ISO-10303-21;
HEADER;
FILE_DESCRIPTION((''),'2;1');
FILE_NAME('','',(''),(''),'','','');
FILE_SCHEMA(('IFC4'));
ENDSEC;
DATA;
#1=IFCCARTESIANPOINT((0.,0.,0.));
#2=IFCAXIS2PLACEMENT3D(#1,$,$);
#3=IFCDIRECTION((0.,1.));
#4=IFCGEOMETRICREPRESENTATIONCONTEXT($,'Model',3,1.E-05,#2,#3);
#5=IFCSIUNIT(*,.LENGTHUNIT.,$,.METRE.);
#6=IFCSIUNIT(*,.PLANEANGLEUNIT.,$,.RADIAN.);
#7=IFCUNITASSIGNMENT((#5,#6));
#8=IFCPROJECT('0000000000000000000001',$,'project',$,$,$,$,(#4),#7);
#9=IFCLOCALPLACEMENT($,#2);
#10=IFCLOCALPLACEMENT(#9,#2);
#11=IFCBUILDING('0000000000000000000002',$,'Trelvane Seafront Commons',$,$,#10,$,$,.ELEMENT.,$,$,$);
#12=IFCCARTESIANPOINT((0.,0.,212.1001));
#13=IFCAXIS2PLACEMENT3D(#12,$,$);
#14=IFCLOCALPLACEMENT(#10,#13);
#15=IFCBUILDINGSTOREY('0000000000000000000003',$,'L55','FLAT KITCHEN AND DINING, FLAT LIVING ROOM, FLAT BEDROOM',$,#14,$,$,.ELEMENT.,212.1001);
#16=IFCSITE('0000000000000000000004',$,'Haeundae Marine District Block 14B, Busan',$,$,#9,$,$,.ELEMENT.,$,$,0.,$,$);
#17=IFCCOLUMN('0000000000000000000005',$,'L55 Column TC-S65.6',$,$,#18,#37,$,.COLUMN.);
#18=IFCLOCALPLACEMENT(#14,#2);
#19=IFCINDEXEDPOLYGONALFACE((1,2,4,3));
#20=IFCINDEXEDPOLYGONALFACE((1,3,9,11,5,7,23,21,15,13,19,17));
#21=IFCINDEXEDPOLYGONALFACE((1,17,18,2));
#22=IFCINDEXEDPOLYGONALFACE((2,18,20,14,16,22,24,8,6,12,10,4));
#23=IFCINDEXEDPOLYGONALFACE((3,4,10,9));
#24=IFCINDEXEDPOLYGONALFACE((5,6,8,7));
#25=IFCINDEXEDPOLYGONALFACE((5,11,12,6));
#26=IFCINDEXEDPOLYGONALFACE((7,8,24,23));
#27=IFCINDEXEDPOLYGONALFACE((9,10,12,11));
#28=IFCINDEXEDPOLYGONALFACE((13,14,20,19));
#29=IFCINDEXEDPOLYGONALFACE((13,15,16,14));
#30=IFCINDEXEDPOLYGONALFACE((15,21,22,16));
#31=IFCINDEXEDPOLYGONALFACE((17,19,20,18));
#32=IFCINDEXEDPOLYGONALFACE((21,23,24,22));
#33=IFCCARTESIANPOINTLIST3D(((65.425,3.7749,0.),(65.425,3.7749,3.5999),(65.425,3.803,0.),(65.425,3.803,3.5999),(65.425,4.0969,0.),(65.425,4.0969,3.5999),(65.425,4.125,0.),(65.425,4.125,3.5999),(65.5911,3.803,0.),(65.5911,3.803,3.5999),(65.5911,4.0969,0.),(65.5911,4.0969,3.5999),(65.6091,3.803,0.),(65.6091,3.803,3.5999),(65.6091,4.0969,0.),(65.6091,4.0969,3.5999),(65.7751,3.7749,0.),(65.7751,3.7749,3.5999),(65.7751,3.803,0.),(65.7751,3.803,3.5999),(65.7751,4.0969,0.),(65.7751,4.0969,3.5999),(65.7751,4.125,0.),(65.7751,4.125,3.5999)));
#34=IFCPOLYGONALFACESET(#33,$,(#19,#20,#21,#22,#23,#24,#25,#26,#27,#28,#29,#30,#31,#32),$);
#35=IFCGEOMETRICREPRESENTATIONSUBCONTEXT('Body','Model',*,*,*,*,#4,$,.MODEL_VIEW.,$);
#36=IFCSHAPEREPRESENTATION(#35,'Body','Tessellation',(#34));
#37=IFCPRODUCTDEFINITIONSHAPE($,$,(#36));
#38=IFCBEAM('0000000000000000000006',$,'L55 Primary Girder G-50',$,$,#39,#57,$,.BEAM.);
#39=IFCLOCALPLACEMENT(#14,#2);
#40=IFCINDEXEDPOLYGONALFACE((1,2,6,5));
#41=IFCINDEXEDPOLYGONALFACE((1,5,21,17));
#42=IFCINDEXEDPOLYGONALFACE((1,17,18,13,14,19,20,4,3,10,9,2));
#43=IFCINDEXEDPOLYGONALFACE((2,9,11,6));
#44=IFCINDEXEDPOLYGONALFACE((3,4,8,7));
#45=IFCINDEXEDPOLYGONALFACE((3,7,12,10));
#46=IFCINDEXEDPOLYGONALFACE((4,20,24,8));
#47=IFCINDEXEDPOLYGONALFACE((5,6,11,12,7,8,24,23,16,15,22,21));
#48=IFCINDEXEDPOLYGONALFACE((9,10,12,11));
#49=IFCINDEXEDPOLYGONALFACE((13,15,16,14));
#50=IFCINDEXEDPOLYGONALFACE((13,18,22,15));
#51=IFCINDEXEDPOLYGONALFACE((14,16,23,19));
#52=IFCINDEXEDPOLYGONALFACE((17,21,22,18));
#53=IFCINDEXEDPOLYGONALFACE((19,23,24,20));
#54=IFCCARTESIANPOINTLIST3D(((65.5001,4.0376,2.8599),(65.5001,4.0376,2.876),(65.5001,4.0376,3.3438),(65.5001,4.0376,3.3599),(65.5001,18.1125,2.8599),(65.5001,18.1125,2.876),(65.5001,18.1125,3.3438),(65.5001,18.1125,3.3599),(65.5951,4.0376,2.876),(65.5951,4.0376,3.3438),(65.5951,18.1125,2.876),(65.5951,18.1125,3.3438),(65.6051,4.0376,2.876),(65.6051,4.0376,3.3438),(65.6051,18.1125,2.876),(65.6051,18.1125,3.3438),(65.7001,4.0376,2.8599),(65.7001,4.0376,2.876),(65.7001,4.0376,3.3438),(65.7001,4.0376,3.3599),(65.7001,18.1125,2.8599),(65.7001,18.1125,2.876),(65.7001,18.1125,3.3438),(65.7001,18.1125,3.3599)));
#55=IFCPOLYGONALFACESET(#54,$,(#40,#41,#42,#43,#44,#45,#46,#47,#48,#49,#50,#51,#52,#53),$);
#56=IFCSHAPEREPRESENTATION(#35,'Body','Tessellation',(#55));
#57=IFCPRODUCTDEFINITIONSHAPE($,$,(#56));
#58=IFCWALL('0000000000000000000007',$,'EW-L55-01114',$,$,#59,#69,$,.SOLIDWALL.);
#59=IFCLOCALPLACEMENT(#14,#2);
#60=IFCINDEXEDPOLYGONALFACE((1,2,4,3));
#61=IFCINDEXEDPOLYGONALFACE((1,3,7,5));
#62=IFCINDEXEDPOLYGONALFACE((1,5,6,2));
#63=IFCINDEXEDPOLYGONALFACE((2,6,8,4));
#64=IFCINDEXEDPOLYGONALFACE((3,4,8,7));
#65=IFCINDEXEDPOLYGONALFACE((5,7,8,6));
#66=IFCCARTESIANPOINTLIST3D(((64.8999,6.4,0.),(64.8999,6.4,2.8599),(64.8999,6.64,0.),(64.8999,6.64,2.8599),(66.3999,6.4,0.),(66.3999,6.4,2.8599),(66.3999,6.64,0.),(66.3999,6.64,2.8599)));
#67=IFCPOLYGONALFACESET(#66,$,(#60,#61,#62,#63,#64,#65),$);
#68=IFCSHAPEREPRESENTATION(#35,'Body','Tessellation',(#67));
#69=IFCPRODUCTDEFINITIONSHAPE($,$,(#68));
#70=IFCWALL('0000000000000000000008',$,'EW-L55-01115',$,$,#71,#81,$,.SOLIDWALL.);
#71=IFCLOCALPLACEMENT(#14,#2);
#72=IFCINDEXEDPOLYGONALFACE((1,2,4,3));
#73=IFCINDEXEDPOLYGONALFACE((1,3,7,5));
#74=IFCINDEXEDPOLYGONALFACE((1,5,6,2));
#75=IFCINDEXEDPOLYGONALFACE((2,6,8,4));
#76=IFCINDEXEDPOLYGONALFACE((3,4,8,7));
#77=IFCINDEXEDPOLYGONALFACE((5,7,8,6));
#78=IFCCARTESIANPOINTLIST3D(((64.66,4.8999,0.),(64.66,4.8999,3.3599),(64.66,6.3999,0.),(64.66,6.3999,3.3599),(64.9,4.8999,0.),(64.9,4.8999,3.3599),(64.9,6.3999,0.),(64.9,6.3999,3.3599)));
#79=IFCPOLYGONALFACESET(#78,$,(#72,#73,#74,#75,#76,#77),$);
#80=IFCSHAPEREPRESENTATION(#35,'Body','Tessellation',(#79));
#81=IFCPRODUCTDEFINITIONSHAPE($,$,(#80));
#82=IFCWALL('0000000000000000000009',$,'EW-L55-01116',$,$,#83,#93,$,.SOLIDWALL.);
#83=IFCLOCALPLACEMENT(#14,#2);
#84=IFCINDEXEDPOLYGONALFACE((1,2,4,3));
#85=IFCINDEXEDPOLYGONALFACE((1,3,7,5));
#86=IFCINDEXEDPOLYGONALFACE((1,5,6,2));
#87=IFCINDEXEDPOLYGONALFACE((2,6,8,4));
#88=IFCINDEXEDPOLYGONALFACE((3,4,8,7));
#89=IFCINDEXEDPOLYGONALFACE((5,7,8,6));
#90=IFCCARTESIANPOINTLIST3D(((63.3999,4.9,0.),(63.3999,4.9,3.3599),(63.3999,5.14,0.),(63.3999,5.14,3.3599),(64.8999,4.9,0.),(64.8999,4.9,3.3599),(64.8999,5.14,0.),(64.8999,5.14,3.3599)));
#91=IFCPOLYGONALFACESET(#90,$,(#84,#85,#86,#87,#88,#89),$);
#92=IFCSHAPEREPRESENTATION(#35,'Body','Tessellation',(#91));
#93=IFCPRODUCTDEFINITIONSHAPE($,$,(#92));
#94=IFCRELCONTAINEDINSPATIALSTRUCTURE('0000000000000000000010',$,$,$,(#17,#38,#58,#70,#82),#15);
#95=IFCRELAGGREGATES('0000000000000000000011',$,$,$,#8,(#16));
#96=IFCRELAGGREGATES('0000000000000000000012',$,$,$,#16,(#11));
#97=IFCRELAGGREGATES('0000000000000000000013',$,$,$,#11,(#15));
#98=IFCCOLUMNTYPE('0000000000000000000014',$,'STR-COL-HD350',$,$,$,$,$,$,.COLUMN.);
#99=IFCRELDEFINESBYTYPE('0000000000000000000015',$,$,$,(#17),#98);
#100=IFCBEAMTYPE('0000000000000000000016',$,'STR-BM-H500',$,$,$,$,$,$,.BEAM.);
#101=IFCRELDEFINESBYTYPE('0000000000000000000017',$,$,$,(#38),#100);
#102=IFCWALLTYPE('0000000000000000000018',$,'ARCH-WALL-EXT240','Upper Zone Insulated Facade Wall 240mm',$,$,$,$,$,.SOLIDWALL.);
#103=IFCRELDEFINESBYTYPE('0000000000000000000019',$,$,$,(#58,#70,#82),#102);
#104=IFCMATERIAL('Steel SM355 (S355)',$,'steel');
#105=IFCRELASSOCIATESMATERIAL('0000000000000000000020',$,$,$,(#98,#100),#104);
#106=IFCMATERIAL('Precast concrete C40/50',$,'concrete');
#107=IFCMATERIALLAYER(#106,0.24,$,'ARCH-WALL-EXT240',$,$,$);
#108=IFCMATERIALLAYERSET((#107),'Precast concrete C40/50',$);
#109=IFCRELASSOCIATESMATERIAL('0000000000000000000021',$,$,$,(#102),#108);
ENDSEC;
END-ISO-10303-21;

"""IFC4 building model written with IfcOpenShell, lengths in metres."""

from ifc_helpers import new_model, si_unit, direction, frame, frame_2d, origin, origin_2d, place, context, subcontext, project, spatial, rectangle, i_section, extrude, source, transform, mapped, material, layer, layer_set, material_profile, profile_set, type_object, element, save


model = new_model("IFC4")

# Units and contexts
model_context = context("Model", 3, precision=1e-05, world=origin(), true_north=direction((0.0, 1.0)))
body_context = subcontext(model_context, "Body", "Model", "MODEL_VIEW")
ifc_project = project(units=[si_unit("LENGTHUNIT", "METRE"), si_unit("PLANEANGLEUNIT", "RADIAN")], contexts=[model_context])

# Site, building, storey
site_placement = place(None, origin())
site = spatial("IfcSite", under=ifc_project, at=site_placement, Name="Haeundae Marine District Block 14B, Busan", CompositionType="ELEMENT", RefElevation=0.0)
building_placement = place(site_placement, origin())
building = spatial("IfcBuilding", under=site, at=building_placement, Name="Trelvane Seafront Commons", CompositionType="ELEMENT")
storey_placement = place(building_placement, frame((0.0, 0.0, 212.1001)))
storey = spatial("IfcBuildingStorey", under=building, at=storey_placement, Name="L55", Description="FLAT KITCHEN AND DINING, FLAT LIVING ROOM, FLAT BEDROOM", CompositionType="ELEMENT", Elevation=212.1001)

# Column
ifc_material_1 = material(Name="Steel SM355 (S355)", Category="steel")
ifc_material_profile_1 = material_profile(ifc_material_1, i_section(OverallWidth=0.3501, OverallDepth=0.3501, WebThickness=0.0181, FlangeThickness=0.0281, at=origin_2d()), Name="HD-350x350x18x28")
ifc_profile_set_1 = profile_set([ifc_material_profile_1], Name="Steel SM355 (S355)")
column_type = type_object("IfcColumnType", Name="STR-COL-HD350", PredefinedType="COLUMN", material=ifc_profile_set_1)
shared_shape_1 = source(origin(), body_context, "Body", "SweptSolid", [
    extrude(i_section(OverallWidth=0.3501, OverallDepth=0.3501, WebThickness=0.0181, FlangeThickness=0.0281, at=origin_2d()), origin(), (0.0, 0.0, 1.0), 3.5999),
])
column_placement = place(storey_placement, frame((65.6001, 3.95, 0.0), z_axis=(0.0, 0.0, 1.0), x_axis=(1.0, 0.0, 0.0)))
element("IfcColumn", 1, at=column_placement, inside=storey, type_object=column_type, Name="L55 Column TC-S65.6", PredefinedType="COLUMN", context=body_context, shape_type="MappedRepresentation", body=[
    mapped(shared_shape_1, transform((0.0, 0.0, 0.0), x_axis=(1.0, 0.0, 0.0), y_axis=(0.0, 1.0, 0.0), z_axis=(0.0, 0.0, 1.0), scale=1.0)),
])

# Beam
ifc_material_profile_2 = material_profile(ifc_material_1, i_section(OverallWidth=0.2, OverallDepth=0.5, WebThickness=0.01, FlangeThickness=0.0161, at=origin_2d()), Name="H-500x200x10x16")
ifc_profile_set_2 = profile_set([ifc_material_profile_2], Name="Steel SM355 (S355)")
beam_type = type_object("IfcBeamType", Name="STR-BM-H500", PredefinedType="BEAM", material=ifc_profile_set_2)
shared_shape_2 = source(origin(), body_context, "Body", "SweptSolid", [
    extrude(i_section(OverallWidth=0.2, OverallDepth=0.5, WebThickness=0.01, FlangeThickness=0.0161, at=origin_2d()), origin(), (0.0, 0.0, 1.0), 14.075),
])
beam_placement = place(storey_placement, frame((65.6001, 4.0376, 3.1099), z_axis=(0.0, 1.0, 0.0), x_axis=(-1.0, 0.0, 0.0)))
element("IfcBeam", 2, at=beam_placement, inside=storey, type_object=beam_type, Name="L55 Primary Girder G-50", PredefinedType="BEAM", context=body_context, shape_type="MappedRepresentation", body=[
    mapped(shared_shape_2, transform((0.0, 0.0, 0.0), x_axis=(1.0, 0.0, 0.0), y_axis=(0.0, 1.0, 0.0), z_axis=(0.0, 0.0, 1.0), scale=1.0)),
])

# Walls
ifc_material_2 = material(Name="Precast concrete C40/50", Category="concrete")
ifc_layer = layer(ifc_material_2, 0.24, Name="ARCH-WALL-EXT240")
ifc_layer_set = layer_set([ifc_layer], Name="Precast concrete C40/50")
wall_type = type_object("IfcWallType", Name="ARCH-WALL-EXT240", Description="Upper Zone Insulated Facade Wall 240mm", PredefinedType="SOLIDWALL", material=ifc_layer_set)
wall_1_placement = place(storey_placement, frame((66.3999, 6.52, 0.0), z_axis=(0.0, 0.0, 1.0), x_axis=(-1.0, 0.0, 0.0)))
element("IfcWall", 3, at=wall_1_placement, inside=storey, type_object=wall_type, Name="EW-L55-01114", PredefinedType="SOLIDWALL", context=body_context, shape_type="SweptSolid", body=[
    extrude(rectangle(XDim=1.5, YDim=0.24, at=frame_2d((0.75, 0.0))), origin(), (0.0, 0.0, 1.0), 2.8599),
])
for number, where, z_axis, x_axis, name in (
    (4, (64.78, 6.3999, 0.0), (0.0, 0.0, 1.0), (0.0, -1.0, 0.0), "EW-L55-01115"),
    (5, (64.8999, 5.02, 0.0), (0.0, 0.0, 1.0), (-1.0, 0.0, 0.0), "EW-L55-01116"),
):
    element("IfcWall", number, at=place(storey_placement, frame(where, z_axis=z_axis, x_axis=x_axis)), inside=storey, type_object=wall_type, Name=name, PredefinedType="SOLIDWALL", context=body_context, shape_type="SweptSolid", body=[
        extrude(rectangle(XDim=1.5, YDim=0.24, at=frame_2d((0.75, 0.0))), origin(), (0.0, 0.0, 1.0), 3.3599),
    ])

save(model, "model.ifc")
